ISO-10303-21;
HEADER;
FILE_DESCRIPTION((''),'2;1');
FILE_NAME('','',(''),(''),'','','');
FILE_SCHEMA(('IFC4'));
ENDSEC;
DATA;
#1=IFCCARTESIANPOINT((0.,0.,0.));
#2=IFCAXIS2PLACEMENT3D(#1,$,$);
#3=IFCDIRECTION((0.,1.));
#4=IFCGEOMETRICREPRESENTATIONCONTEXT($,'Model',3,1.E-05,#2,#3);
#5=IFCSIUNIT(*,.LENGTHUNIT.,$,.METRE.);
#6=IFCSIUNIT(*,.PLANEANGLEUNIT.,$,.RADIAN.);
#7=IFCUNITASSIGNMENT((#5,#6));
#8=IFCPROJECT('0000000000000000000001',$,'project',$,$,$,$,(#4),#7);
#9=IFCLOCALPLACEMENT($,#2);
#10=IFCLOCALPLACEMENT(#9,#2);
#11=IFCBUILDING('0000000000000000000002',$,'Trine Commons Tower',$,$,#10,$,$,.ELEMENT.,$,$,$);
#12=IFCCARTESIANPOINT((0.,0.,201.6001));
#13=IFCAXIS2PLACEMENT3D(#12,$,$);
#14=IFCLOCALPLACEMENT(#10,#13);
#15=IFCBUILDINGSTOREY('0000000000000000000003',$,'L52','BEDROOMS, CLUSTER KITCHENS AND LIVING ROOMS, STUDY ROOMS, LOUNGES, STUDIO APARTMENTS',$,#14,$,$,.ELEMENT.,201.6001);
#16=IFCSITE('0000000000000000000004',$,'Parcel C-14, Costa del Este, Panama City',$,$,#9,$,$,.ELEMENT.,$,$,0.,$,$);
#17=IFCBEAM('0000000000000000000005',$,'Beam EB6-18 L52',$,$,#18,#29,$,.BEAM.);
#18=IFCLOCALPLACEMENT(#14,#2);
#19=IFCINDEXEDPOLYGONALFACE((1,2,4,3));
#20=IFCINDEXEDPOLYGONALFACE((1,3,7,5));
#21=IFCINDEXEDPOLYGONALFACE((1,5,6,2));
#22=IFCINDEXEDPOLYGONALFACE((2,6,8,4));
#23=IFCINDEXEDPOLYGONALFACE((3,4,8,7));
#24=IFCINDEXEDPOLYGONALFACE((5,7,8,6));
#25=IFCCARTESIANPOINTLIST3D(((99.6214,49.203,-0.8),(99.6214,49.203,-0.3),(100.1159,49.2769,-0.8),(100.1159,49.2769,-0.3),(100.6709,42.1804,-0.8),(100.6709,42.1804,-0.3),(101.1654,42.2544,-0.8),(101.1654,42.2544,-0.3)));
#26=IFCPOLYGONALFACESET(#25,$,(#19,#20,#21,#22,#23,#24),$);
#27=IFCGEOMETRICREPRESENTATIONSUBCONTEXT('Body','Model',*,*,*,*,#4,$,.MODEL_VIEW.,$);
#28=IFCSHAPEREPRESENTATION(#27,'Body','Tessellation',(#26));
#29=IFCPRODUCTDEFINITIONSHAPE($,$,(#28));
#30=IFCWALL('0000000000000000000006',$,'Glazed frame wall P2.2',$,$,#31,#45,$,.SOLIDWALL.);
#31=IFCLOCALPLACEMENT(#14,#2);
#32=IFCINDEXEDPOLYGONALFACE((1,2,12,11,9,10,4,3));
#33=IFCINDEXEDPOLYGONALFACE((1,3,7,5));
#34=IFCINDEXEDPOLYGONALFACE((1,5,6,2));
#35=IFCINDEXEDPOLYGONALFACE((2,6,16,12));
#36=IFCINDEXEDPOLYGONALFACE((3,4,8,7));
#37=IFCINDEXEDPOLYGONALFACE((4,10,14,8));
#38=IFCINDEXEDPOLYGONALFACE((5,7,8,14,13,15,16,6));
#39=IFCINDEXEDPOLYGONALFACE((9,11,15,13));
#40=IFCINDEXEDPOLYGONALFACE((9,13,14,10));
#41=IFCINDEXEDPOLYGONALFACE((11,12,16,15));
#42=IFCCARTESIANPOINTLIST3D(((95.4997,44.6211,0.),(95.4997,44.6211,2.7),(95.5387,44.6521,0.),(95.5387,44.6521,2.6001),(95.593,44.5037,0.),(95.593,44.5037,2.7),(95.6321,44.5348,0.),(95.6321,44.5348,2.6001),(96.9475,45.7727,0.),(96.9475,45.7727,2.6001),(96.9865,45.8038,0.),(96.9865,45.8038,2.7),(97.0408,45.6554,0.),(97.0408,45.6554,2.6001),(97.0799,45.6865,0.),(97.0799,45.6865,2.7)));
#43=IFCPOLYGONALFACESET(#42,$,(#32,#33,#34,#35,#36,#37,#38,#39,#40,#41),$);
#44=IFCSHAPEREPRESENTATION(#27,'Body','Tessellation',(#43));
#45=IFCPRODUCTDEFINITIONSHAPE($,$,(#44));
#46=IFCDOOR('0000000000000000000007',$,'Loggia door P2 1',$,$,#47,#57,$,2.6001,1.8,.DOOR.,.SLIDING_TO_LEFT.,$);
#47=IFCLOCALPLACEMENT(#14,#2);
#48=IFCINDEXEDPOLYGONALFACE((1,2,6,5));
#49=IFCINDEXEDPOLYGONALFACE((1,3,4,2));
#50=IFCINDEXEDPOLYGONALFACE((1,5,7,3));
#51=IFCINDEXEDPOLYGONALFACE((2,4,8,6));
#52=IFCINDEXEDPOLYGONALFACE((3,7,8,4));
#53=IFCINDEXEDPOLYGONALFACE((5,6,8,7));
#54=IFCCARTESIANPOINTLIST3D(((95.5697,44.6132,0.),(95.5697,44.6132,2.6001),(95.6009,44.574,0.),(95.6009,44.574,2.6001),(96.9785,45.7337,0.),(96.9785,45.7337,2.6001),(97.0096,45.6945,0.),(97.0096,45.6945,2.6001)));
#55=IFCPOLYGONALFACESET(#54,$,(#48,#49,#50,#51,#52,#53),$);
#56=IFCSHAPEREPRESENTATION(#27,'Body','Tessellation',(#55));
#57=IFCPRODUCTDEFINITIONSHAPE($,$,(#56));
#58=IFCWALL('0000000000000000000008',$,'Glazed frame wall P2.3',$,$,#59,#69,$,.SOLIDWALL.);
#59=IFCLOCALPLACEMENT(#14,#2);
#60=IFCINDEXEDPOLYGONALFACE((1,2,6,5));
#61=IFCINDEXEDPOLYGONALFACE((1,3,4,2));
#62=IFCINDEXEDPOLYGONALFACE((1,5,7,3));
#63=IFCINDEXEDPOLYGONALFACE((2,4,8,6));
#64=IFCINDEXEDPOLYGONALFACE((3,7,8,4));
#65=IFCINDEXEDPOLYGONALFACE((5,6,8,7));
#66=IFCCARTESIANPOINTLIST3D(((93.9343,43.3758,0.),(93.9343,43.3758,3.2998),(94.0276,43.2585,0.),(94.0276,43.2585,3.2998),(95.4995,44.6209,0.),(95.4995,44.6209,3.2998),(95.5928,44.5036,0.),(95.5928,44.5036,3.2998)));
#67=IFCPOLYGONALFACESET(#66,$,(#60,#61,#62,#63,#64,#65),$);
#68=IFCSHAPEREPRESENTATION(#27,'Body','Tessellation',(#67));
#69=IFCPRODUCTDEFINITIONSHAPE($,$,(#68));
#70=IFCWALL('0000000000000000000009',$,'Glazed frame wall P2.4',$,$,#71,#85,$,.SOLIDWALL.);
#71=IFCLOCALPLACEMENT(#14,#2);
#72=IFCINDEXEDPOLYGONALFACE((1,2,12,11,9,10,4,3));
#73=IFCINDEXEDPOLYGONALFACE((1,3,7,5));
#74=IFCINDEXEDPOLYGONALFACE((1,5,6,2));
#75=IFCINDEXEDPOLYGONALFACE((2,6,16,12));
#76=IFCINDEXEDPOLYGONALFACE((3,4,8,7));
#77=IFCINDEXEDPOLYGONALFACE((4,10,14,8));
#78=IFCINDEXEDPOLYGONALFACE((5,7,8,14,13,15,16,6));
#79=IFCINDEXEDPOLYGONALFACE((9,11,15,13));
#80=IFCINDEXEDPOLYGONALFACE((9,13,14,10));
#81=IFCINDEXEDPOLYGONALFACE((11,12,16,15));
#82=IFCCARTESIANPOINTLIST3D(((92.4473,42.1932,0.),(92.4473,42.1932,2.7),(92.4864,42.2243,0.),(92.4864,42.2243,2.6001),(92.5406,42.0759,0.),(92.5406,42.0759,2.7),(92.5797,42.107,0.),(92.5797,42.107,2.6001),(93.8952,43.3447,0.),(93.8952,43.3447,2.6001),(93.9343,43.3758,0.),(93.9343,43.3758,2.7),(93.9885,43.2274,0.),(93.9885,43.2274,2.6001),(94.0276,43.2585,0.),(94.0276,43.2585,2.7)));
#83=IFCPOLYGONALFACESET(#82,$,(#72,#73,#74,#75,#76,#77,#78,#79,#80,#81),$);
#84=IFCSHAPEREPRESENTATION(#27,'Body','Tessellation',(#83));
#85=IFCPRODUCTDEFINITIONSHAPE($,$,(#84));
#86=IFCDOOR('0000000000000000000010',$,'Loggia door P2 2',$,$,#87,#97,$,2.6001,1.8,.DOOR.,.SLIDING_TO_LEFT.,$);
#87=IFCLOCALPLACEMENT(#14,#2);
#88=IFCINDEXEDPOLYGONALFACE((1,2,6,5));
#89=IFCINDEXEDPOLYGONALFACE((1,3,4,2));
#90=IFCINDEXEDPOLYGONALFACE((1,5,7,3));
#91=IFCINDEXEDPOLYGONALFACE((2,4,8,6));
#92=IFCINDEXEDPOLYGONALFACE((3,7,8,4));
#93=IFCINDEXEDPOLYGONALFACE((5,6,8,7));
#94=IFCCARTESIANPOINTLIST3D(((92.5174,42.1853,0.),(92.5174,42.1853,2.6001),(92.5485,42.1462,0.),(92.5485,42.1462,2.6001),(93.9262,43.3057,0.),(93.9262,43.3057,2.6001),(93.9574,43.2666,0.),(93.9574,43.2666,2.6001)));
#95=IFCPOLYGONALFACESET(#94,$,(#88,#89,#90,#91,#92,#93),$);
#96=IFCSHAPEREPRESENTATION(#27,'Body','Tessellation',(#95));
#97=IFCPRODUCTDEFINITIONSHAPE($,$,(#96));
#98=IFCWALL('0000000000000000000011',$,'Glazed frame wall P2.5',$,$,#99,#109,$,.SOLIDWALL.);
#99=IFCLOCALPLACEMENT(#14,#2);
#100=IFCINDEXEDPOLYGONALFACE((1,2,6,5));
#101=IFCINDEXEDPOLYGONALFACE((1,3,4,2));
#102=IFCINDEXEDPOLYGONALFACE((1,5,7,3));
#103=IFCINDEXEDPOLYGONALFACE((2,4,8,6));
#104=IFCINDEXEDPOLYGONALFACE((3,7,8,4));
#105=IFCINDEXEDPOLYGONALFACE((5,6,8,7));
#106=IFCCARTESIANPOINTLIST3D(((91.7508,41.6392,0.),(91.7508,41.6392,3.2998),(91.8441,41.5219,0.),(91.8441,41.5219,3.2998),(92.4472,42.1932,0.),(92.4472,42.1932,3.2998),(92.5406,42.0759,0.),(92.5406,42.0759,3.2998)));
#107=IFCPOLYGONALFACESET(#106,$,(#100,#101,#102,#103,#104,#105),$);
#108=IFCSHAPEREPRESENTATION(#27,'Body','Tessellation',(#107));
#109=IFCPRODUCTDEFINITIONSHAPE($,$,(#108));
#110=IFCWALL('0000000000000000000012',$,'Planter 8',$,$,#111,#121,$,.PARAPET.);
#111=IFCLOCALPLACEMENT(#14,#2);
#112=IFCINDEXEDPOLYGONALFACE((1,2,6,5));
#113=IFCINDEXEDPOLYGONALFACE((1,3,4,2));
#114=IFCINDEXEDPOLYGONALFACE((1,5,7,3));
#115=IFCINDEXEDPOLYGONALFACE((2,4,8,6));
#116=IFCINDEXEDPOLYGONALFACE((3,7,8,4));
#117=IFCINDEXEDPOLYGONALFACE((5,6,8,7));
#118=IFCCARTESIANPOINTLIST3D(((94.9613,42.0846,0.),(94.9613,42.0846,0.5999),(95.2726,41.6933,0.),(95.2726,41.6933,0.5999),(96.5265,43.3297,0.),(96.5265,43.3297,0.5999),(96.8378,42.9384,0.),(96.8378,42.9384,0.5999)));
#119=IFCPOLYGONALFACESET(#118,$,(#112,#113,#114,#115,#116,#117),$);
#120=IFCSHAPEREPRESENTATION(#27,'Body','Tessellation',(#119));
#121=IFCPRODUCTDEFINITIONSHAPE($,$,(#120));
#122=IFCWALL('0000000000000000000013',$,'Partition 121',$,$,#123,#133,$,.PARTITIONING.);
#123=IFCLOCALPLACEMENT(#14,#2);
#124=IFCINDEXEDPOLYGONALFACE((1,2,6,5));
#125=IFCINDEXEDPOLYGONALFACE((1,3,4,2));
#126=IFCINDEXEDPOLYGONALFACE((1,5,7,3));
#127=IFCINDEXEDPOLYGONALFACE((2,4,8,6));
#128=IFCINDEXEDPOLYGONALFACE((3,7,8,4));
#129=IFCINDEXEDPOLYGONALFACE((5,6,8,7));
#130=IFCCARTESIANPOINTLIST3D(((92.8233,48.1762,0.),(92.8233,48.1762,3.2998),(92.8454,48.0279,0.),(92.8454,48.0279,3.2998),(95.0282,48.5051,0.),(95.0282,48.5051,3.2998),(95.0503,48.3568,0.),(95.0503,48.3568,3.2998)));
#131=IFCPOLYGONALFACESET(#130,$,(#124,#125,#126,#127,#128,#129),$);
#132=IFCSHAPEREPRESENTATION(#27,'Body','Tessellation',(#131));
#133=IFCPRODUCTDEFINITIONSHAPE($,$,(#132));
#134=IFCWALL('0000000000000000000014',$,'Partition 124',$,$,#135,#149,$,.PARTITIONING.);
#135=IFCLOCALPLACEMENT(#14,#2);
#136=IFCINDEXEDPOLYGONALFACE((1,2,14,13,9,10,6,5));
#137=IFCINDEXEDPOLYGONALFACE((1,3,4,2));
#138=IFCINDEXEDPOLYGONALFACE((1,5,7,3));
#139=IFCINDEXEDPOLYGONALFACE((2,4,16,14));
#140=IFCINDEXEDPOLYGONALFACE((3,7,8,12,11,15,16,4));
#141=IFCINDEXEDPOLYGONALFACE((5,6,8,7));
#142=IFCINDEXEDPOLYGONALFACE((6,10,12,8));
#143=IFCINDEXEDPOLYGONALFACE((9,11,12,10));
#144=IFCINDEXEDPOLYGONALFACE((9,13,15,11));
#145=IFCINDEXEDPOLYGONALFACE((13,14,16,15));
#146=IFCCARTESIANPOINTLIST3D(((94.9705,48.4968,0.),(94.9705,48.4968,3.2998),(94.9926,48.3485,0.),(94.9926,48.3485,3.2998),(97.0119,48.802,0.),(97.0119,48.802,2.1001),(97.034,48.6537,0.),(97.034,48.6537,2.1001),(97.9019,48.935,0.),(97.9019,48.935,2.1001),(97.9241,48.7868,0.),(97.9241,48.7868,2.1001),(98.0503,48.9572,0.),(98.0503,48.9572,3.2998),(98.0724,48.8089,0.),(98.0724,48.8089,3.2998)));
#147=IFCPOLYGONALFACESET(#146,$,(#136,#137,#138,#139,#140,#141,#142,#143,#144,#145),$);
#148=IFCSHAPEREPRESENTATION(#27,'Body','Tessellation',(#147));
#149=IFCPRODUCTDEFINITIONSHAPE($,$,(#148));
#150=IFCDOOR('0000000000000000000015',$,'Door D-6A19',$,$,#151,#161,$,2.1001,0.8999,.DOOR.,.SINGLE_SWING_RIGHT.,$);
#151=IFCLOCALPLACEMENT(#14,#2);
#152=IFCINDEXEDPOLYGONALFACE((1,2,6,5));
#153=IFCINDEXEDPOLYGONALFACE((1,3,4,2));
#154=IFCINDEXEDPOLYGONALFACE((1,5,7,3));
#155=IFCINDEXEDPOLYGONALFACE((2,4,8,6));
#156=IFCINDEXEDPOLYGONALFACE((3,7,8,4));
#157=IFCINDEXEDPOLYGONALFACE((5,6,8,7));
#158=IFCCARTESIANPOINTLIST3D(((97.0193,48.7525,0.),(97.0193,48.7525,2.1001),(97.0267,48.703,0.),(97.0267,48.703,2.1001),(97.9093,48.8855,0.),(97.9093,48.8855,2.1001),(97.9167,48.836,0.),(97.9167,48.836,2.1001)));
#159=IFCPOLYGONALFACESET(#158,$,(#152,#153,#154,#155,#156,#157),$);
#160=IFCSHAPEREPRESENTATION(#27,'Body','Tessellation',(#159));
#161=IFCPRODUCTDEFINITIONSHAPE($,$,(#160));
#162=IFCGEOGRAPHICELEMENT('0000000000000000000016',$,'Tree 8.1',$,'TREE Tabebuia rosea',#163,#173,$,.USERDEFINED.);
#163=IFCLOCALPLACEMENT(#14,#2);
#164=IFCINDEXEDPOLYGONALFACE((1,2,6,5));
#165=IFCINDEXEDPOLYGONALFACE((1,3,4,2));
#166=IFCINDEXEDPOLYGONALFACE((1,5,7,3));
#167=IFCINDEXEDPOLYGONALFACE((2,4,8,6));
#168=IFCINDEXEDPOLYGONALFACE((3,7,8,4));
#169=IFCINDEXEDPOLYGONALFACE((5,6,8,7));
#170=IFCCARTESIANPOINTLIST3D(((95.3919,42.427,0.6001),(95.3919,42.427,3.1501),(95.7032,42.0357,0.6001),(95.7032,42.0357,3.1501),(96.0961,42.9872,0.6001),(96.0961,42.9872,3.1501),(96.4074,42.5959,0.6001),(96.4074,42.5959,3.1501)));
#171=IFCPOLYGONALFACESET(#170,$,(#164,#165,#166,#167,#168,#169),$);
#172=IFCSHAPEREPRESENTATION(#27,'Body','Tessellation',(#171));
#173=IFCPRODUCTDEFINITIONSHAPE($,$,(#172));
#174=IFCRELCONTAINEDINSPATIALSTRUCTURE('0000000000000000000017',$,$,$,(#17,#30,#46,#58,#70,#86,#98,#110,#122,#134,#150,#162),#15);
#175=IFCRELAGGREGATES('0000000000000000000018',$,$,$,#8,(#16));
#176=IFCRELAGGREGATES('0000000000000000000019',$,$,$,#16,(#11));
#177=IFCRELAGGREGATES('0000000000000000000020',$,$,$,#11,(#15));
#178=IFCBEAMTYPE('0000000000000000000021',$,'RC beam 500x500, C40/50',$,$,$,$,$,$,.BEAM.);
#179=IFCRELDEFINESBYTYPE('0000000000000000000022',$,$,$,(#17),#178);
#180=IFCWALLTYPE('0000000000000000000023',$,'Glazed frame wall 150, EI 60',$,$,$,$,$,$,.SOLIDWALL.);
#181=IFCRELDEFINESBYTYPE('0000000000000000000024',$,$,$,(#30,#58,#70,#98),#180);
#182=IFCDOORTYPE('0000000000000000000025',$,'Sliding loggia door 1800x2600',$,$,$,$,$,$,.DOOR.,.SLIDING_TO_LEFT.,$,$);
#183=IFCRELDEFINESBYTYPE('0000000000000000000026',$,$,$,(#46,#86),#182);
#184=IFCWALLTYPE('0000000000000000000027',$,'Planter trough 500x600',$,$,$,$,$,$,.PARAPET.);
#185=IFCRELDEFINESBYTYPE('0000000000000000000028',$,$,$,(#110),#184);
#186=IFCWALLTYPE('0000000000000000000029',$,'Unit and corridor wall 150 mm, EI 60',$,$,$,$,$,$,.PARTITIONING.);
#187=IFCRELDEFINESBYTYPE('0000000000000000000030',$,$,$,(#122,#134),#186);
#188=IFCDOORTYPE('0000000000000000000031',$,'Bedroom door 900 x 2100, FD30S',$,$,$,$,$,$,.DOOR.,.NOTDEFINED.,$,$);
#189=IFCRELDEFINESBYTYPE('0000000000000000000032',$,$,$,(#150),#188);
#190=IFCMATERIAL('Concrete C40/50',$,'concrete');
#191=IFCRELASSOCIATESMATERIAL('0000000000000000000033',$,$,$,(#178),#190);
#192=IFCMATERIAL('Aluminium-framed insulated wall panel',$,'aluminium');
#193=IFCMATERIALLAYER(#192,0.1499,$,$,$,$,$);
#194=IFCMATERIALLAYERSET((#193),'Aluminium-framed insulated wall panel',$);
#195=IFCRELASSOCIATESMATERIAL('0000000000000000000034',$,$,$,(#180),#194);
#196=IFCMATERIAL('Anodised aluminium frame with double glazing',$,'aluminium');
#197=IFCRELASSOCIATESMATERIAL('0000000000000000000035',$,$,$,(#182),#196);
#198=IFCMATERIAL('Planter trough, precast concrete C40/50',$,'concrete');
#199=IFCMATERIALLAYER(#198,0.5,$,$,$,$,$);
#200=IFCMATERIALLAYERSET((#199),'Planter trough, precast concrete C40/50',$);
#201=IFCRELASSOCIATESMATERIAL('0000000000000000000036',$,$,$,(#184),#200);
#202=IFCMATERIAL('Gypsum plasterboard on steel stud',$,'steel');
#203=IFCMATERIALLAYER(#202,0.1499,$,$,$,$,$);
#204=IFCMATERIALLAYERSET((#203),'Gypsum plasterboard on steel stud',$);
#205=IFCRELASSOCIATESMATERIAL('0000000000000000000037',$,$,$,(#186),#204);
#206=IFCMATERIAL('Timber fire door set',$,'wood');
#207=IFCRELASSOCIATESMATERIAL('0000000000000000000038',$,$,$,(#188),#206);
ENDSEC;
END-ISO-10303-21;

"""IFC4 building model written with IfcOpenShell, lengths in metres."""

from ifc_helpers import new_model, si_unit, direction, frame, frame_2d, origin, origin_2d, place, context, subcontext, project, spatial, polyline, rectangle, outline, extrude, material, layer, layer_set, material_profile, profile_set, type_object, element, fill, save


model = new_model("IFC4")

# Units and contexts
model_context = context("Model", 3, precision=1e-05, world=origin(), true_north=direction((0.0, 1.0)))
body_context = subcontext(model_context, "Body", "Model", "MODEL_VIEW")
ifc_project = project(units=[si_unit("LENGTHUNIT", "METRE"), si_unit("PLANEANGLEUNIT", "RADIAN")], contexts=[model_context])

# Site, building, storey
site_placement = place(None, origin())
site = spatial("IfcSite", under=ifc_project, at=site_placement, Name="Parcel C-14, Costa del Este, Panama City", CompositionType="ELEMENT", RefElevation=0.0)
building_placement = place(site_placement, origin())
building = spatial("IfcBuilding", under=site, at=building_placement, Name="Trine Commons Tower", CompositionType="ELEMENT")
storey_placement = place(building_placement, frame((0.0, 0.0, 201.6001)))
storey = spatial("IfcBuildingStorey", under=building, at=storey_placement, Name="L52", Description="BEDROOMS, CLUSTER KITCHENS AND LIVING ROOMS, STUDY ROOMS, LOUNGES, STUDIO APARTMENTS", CompositionType="ELEMENT", Elevation=201.6001)

# Beam
ifc_material_1 = material(Name="Concrete C40/50", Category="concrete")
ifc_material_profile = material_profile(ifc_material_1, rectangle(XDim=0.5, YDim=0.5, at=origin_2d()), Name="RC 500x500")
ifc_profile_set = profile_set([ifc_material_profile], Name="Concrete C40/50")
beam_type = type_object("IfcBeamType", Name="RC beam 500x500, C40/50", PredefinedType="BEAM", material=ifc_profile_set)
beam_placement = place(storey_placement, frame((99.8687, 49.24, -0.55), z_axis=(0.147811, -0.989016, 0.0), x_axis=(0.989016, 0.147811, 0.0)))
element("IfcBeam", 1, at=beam_placement, inside=storey, type_object=beam_type, Name="Beam EB6-18 L52", PredefinedType="BEAM", context=body_context, shape_type="SweptSolid", body=[
    extrude(rectangle(XDim=0.5, YDim=0.5, at=origin_2d()), origin(), (0.0, 0.0, 1.0), 7.1006),
])

# Shared definitions
ifc_material_2 = material(Name="Aluminium-framed insulated wall panel", Category="aluminium")
ifc_layer_1 = layer(ifc_material_2, 0.1499)
ifc_layer_set_1 = layer_set([ifc_layer_1], Name="Aluminium-framed insulated wall panel")
wall_type_1 = type_object("IfcWallType", Name="Glazed frame wall 150, EI 60", PredefinedType="SOLIDWALL", material=ifc_layer_set_1)

# Wall, opening, door
wall_1_placement = place(storey_placement, frame((97.0332, 45.7451, 0.0), z_axis=(0.0, 0.0, 1.0), x_axis=(-0.782608, -0.622515, 0.0)))
wall_1 = element("IfcWall", 2, at=wall_1_placement, inside=storey, type_object=wall_type_1, Name="Glazed frame wall P2.2", PredefinedType="SOLIDWALL", context=body_context, shape_type="SweptSolid", body=[
    extrude(outline(polyline([(0.0, -0.075), (1.8999, -0.075), (1.8999, 0.075), (0.0, 0.075), (0.0, -0.075)])), origin(), (0.0, 0.0, 1.0), 2.7),
])
opening_1_placement = place(wall_1_placement, frame((0.05, 0.0, 0.0)))
opening_1 = element("IfcOpeningElement", 3, at=opening_1_placement, cuts=wall_1, PredefinedType="OPENING", context=body_context, shape_type="SweptSolid", body=[
    extrude(rectangle(XDim=1.8, YDim=2.6001, at=frame_2d((0.8999, 1.3))), frame((0.0, 0.085, 0.0), z_axis=(0.0, -1.0, 0.0), x_axis=(1.0, 0.0, 0.0)), (0.0, 0.0, 1.0), 0.1699),
])
ifc_material_3 = material(Name="Anodised aluminium frame with double glazing", Category="aluminium")
door_type_1 = type_object("IfcDoorType", Name="Sliding loggia door 1800x2600", OperationType="SLIDING_TO_LEFT", PredefinedType="DOOR", material=ifc_material_3)
door_1_placement = place(opening_1_placement, origin())
door_1 = element("IfcDoor", 4, at=door_1_placement, inside=storey, type_object=door_type_1, Name="Loggia door P2 1", OperationType="SLIDING_TO_LEFT", OverallHeight=2.6001, OverallWidth=1.8, PredefinedType="DOOR", context=body_context, shape_type="SweptSolid", body=[
    extrude(rectangle(XDim=1.8, YDim=2.6001, at=frame_2d((0.8999, 1.3))), frame((0.0, 0.0249, 0.0), z_axis=(0.0, -1.0, 0.0), x_axis=(1.0, 0.0, 0.0)), (0.0, 0.0, 1.0), 0.05),
])
fill(opening_1, door_1)

# Wall
wall_2_placement = place(storey_placement, frame((95.5461, 44.5623, 0.0), z_axis=(0.0, 0.0, 1.0), x_axis=(-0.782581, -0.622549, 0.0)))
element("IfcWall", 5, at=wall_2_placement, inside=storey, type_object=wall_type_1, Name="Glazed frame wall P2.3", PredefinedType="SOLIDWALL", context=body_context, shape_type="SweptSolid", body=[
    extrude(outline(polyline([(0.0, -0.075), (2.0, -0.075), (2.0, 0.075), (0.0, 0.075), (0.0, -0.075)])), origin(), (0.0, 0.0, 1.0), 3.2998),
])

# Wall, opening, door
wall_3_placement = place(storey_placement, frame((93.981, 43.3171, 0.0), z_axis=(0.0, 0.0, 1.0), x_axis=(-0.782671, -0.622436, 0.0)))
wall_3 = element("IfcWall", 6, at=wall_3_placement, inside=storey, type_object=wall_type_1, Name="Glazed frame wall P2.4", PredefinedType="SOLIDWALL", context=body_context, shape_type="SweptSolid", body=[
    extrude(outline(polyline([(0.0, -0.075), (1.8999, -0.075), (1.8999, 0.075), (0.0, 0.075), (0.0, -0.075)])), origin(), (0.0, 0.0, 1.0), 2.7),
])
opening_2_placement = place(wall_3_placement, frame((0.05, 0.0, 0.0)))
opening_2 = element("IfcOpeningElement", 7, at=opening_2_placement, cuts=wall_3, PredefinedType="OPENING", context=body_context, shape_type="SweptSolid", body=[
    extrude(rectangle(XDim=1.8, YDim=2.6001, at=frame_2d((0.8999, 1.3))), frame((0.0, 0.085, 0.0), z_axis=(0.0, -1.0, 0.0), x_axis=(1.0, 0.0, 0.0)), (0.0, 0.0, 1.0), 0.1699),
])
door_2_placement = place(opening_2_placement, origin())
door_2 = element("IfcDoor", 8, at=door_2_placement, inside=storey, type_object=door_type_1, Name="Loggia door P2 2", OperationType="SLIDING_TO_LEFT", OverallHeight=2.6001, OverallWidth=1.8, PredefinedType="DOOR", context=body_context, shape_type="SweptSolid", body=[
    extrude(rectangle(XDim=1.8, YDim=2.6001, at=frame_2d((0.8999, 1.3))), frame((0.0, 0.0249, 0.0), z_axis=(0.0, -1.0, 0.0), x_axis=(1.0, 0.0, 0.0)), (0.0, 0.0, 1.0), 0.05),
])
fill(opening_2, door_2)

# Walls
wall_4_placement = place(storey_placement, frame((92.4939, 42.1345, 0.0), z_axis=(0.0, 0.0, 1.0), x_axis=(-0.782628, -0.62249, 0.0)))
element("IfcWall", 9, at=wall_4_placement, inside=storey, type_object=wall_type_1, Name="Glazed frame wall P2.5", PredefinedType="SOLIDWALL", context=body_context, shape_type="SweptSolid", body=[
    extrude(outline(polyline([(0.8899, 0.075), (0.0, 0.075), (0.0, -0.075), (0.8899, -0.075), (0.8899, 0.075)])), origin(), (0.0, 0.0, 1.0), 3.2998),
])
ifc_material_4 = material(Name="Planter trough, precast concrete C40/50", Category="concrete")
ifc_layer_2 = layer(ifc_material_4, 0.5)
ifc_layer_set_2 = layer_set([ifc_layer_2], Name="Planter trough, precast concrete C40/50")
wall_type_2 = type_object("IfcWallType", Name="Planter trough 500x600", PredefinedType="PARAPET", material=ifc_layer_set_2)
wall_5_placement = place(storey_placement, frame((96.6821, 43.134, 0.0), z_axis=(0.0, 0.0, 1.0), x_axis=(-0.782581, -0.622549, 0.0)))
element("IfcWall", 10, at=wall_5_placement, inside=storey, type_object=wall_type_2, Name="Planter 8", PredefinedType="PARAPET", context=body_context, shape_type="SweptSolid", body=[
    extrude(rectangle(XDim=2.0, YDim=0.5, at=frame_2d((1.0, 0.0))), origin(), (0.0, 0.0, 1.0), 0.5999),
])
ifc_material_5 = material(Name="Gypsum plasterboard on steel stud", Category="steel")
ifc_layer_3 = layer(ifc_material_5, 0.1499)
ifc_layer_set_3 = layer_set([ifc_layer_3], Name="Gypsum plasterboard on steel stud")
wall_type_3 = type_object("IfcWallType", Name="Unit and corridor wall 150 mm, EI 60", PredefinedType="PARTITIONING", material=ifc_layer_set_3)
wall_6_placement = place(storey_placement, frame((92.8342, 48.1021, 0.0), z_axis=(0.0, 0.0, 1.0), x_axis=(0.989059, 0.147521, 0.0)))
element("IfcWall", 11, at=wall_6_placement, inside=storey, type_object=wall_type_3, Name="Partition 121", PredefinedType="PARTITIONING", context=body_context, shape_type="SweptSolid", body=[
    extrude(rectangle(XDim=2.2292, YDim=0.1499, at=frame_2d((1.1147, 0.0))), origin(), (0.0, 0.0, 1.0), 3.2998),
])

# Wall, opening, door
wall_7_placement = place(storey_placement, frame((94.9814, 48.4226, 0.0), z_axis=(0.0, 0.0, 1.0), x_axis=(0.989008, 0.147861, 0.0)))
wall_7 = element("IfcWall", 12, at=wall_7_placement, inside=storey, type_object=wall_type_3, Name="Partition 124", PredefinedType="PARTITIONING", context=body_context, shape_type="SweptSolid", body=[
    extrude(rectangle(XDim=3.114, YDim=0.1499, at=frame_2d((1.5571, 0.0))), origin(), (0.0, 0.0, 1.0), 3.2998),
])
opening_3_placement = place(wall_7_placement, frame((2.0642, 0.0, 0.0)))
opening_3 = element("IfcOpeningElement", 13, at=opening_3_placement, cuts=wall_7, PredefinedType="OPENING", context=body_context, shape_type="SweptSolid", body=[
    extrude(rectangle(XDim=0.8999, YDim=2.1001, at=frame_2d((0.45, 1.05))), frame((0.0, 0.085, 0.0), z_axis=(0.0, -1.0, 0.0), x_axis=(1.0, 0.0, 0.0)), (0.0, 0.0, 1.0), 0.1699),
])
ifc_material_6 = material(Name="Timber fire door set", Category="wood")
door_type_2 = type_object("IfcDoorType", Name="Bedroom door 900 x 2100, FD30S", OperationType="NOTDEFINED", PredefinedType="DOOR", material=ifc_material_6)
door_3_placement = place(opening_3_placement, origin())
door_3 = element("IfcDoor", 14, at=door_3_placement, inside=storey, type_object=door_type_2, Name="Door D-6A19", OperationType="SINGLE_SWING_RIGHT", OverallHeight=2.1001, OverallWidth=0.8999, PredefinedType="DOOR", context=body_context, shape_type="SweptSolid", body=[
    extrude(rectangle(XDim=0.8999, YDim=2.1001, at=frame_2d((0.45, 1.05))), frame((0.0, 0.0249, 0.0), z_axis=(0.0, -1.0, 0.0), x_axis=(1.0, 0.0, 0.0)), (0.0, 0.0, 1.0), 0.05),
])
fill(opening_3, door_3)

# Geographic element
geographic_element_placement = place(storey_placement, frame((95.8997, 42.5115, 0.6001), z_axis=(0.0, 0.0, 1.0), x_axis=(-0.782586, -0.622542, 0.0)))
element("IfcGeographicElement", 15, at=geographic_element_placement, inside=storey, Name="Tree 8.1", ObjectType="TREE Tabebuia rosea", PredefinedType="USERDEFINED", context=body_context, shape_type="SweptSolid", body=[
    extrude(rectangle(XDim=0.8999, YDim=0.5, at=origin_2d()), origin(), (0.0, 0.0, 1.0), 2.55),
])

save(model, "model.ifc")
